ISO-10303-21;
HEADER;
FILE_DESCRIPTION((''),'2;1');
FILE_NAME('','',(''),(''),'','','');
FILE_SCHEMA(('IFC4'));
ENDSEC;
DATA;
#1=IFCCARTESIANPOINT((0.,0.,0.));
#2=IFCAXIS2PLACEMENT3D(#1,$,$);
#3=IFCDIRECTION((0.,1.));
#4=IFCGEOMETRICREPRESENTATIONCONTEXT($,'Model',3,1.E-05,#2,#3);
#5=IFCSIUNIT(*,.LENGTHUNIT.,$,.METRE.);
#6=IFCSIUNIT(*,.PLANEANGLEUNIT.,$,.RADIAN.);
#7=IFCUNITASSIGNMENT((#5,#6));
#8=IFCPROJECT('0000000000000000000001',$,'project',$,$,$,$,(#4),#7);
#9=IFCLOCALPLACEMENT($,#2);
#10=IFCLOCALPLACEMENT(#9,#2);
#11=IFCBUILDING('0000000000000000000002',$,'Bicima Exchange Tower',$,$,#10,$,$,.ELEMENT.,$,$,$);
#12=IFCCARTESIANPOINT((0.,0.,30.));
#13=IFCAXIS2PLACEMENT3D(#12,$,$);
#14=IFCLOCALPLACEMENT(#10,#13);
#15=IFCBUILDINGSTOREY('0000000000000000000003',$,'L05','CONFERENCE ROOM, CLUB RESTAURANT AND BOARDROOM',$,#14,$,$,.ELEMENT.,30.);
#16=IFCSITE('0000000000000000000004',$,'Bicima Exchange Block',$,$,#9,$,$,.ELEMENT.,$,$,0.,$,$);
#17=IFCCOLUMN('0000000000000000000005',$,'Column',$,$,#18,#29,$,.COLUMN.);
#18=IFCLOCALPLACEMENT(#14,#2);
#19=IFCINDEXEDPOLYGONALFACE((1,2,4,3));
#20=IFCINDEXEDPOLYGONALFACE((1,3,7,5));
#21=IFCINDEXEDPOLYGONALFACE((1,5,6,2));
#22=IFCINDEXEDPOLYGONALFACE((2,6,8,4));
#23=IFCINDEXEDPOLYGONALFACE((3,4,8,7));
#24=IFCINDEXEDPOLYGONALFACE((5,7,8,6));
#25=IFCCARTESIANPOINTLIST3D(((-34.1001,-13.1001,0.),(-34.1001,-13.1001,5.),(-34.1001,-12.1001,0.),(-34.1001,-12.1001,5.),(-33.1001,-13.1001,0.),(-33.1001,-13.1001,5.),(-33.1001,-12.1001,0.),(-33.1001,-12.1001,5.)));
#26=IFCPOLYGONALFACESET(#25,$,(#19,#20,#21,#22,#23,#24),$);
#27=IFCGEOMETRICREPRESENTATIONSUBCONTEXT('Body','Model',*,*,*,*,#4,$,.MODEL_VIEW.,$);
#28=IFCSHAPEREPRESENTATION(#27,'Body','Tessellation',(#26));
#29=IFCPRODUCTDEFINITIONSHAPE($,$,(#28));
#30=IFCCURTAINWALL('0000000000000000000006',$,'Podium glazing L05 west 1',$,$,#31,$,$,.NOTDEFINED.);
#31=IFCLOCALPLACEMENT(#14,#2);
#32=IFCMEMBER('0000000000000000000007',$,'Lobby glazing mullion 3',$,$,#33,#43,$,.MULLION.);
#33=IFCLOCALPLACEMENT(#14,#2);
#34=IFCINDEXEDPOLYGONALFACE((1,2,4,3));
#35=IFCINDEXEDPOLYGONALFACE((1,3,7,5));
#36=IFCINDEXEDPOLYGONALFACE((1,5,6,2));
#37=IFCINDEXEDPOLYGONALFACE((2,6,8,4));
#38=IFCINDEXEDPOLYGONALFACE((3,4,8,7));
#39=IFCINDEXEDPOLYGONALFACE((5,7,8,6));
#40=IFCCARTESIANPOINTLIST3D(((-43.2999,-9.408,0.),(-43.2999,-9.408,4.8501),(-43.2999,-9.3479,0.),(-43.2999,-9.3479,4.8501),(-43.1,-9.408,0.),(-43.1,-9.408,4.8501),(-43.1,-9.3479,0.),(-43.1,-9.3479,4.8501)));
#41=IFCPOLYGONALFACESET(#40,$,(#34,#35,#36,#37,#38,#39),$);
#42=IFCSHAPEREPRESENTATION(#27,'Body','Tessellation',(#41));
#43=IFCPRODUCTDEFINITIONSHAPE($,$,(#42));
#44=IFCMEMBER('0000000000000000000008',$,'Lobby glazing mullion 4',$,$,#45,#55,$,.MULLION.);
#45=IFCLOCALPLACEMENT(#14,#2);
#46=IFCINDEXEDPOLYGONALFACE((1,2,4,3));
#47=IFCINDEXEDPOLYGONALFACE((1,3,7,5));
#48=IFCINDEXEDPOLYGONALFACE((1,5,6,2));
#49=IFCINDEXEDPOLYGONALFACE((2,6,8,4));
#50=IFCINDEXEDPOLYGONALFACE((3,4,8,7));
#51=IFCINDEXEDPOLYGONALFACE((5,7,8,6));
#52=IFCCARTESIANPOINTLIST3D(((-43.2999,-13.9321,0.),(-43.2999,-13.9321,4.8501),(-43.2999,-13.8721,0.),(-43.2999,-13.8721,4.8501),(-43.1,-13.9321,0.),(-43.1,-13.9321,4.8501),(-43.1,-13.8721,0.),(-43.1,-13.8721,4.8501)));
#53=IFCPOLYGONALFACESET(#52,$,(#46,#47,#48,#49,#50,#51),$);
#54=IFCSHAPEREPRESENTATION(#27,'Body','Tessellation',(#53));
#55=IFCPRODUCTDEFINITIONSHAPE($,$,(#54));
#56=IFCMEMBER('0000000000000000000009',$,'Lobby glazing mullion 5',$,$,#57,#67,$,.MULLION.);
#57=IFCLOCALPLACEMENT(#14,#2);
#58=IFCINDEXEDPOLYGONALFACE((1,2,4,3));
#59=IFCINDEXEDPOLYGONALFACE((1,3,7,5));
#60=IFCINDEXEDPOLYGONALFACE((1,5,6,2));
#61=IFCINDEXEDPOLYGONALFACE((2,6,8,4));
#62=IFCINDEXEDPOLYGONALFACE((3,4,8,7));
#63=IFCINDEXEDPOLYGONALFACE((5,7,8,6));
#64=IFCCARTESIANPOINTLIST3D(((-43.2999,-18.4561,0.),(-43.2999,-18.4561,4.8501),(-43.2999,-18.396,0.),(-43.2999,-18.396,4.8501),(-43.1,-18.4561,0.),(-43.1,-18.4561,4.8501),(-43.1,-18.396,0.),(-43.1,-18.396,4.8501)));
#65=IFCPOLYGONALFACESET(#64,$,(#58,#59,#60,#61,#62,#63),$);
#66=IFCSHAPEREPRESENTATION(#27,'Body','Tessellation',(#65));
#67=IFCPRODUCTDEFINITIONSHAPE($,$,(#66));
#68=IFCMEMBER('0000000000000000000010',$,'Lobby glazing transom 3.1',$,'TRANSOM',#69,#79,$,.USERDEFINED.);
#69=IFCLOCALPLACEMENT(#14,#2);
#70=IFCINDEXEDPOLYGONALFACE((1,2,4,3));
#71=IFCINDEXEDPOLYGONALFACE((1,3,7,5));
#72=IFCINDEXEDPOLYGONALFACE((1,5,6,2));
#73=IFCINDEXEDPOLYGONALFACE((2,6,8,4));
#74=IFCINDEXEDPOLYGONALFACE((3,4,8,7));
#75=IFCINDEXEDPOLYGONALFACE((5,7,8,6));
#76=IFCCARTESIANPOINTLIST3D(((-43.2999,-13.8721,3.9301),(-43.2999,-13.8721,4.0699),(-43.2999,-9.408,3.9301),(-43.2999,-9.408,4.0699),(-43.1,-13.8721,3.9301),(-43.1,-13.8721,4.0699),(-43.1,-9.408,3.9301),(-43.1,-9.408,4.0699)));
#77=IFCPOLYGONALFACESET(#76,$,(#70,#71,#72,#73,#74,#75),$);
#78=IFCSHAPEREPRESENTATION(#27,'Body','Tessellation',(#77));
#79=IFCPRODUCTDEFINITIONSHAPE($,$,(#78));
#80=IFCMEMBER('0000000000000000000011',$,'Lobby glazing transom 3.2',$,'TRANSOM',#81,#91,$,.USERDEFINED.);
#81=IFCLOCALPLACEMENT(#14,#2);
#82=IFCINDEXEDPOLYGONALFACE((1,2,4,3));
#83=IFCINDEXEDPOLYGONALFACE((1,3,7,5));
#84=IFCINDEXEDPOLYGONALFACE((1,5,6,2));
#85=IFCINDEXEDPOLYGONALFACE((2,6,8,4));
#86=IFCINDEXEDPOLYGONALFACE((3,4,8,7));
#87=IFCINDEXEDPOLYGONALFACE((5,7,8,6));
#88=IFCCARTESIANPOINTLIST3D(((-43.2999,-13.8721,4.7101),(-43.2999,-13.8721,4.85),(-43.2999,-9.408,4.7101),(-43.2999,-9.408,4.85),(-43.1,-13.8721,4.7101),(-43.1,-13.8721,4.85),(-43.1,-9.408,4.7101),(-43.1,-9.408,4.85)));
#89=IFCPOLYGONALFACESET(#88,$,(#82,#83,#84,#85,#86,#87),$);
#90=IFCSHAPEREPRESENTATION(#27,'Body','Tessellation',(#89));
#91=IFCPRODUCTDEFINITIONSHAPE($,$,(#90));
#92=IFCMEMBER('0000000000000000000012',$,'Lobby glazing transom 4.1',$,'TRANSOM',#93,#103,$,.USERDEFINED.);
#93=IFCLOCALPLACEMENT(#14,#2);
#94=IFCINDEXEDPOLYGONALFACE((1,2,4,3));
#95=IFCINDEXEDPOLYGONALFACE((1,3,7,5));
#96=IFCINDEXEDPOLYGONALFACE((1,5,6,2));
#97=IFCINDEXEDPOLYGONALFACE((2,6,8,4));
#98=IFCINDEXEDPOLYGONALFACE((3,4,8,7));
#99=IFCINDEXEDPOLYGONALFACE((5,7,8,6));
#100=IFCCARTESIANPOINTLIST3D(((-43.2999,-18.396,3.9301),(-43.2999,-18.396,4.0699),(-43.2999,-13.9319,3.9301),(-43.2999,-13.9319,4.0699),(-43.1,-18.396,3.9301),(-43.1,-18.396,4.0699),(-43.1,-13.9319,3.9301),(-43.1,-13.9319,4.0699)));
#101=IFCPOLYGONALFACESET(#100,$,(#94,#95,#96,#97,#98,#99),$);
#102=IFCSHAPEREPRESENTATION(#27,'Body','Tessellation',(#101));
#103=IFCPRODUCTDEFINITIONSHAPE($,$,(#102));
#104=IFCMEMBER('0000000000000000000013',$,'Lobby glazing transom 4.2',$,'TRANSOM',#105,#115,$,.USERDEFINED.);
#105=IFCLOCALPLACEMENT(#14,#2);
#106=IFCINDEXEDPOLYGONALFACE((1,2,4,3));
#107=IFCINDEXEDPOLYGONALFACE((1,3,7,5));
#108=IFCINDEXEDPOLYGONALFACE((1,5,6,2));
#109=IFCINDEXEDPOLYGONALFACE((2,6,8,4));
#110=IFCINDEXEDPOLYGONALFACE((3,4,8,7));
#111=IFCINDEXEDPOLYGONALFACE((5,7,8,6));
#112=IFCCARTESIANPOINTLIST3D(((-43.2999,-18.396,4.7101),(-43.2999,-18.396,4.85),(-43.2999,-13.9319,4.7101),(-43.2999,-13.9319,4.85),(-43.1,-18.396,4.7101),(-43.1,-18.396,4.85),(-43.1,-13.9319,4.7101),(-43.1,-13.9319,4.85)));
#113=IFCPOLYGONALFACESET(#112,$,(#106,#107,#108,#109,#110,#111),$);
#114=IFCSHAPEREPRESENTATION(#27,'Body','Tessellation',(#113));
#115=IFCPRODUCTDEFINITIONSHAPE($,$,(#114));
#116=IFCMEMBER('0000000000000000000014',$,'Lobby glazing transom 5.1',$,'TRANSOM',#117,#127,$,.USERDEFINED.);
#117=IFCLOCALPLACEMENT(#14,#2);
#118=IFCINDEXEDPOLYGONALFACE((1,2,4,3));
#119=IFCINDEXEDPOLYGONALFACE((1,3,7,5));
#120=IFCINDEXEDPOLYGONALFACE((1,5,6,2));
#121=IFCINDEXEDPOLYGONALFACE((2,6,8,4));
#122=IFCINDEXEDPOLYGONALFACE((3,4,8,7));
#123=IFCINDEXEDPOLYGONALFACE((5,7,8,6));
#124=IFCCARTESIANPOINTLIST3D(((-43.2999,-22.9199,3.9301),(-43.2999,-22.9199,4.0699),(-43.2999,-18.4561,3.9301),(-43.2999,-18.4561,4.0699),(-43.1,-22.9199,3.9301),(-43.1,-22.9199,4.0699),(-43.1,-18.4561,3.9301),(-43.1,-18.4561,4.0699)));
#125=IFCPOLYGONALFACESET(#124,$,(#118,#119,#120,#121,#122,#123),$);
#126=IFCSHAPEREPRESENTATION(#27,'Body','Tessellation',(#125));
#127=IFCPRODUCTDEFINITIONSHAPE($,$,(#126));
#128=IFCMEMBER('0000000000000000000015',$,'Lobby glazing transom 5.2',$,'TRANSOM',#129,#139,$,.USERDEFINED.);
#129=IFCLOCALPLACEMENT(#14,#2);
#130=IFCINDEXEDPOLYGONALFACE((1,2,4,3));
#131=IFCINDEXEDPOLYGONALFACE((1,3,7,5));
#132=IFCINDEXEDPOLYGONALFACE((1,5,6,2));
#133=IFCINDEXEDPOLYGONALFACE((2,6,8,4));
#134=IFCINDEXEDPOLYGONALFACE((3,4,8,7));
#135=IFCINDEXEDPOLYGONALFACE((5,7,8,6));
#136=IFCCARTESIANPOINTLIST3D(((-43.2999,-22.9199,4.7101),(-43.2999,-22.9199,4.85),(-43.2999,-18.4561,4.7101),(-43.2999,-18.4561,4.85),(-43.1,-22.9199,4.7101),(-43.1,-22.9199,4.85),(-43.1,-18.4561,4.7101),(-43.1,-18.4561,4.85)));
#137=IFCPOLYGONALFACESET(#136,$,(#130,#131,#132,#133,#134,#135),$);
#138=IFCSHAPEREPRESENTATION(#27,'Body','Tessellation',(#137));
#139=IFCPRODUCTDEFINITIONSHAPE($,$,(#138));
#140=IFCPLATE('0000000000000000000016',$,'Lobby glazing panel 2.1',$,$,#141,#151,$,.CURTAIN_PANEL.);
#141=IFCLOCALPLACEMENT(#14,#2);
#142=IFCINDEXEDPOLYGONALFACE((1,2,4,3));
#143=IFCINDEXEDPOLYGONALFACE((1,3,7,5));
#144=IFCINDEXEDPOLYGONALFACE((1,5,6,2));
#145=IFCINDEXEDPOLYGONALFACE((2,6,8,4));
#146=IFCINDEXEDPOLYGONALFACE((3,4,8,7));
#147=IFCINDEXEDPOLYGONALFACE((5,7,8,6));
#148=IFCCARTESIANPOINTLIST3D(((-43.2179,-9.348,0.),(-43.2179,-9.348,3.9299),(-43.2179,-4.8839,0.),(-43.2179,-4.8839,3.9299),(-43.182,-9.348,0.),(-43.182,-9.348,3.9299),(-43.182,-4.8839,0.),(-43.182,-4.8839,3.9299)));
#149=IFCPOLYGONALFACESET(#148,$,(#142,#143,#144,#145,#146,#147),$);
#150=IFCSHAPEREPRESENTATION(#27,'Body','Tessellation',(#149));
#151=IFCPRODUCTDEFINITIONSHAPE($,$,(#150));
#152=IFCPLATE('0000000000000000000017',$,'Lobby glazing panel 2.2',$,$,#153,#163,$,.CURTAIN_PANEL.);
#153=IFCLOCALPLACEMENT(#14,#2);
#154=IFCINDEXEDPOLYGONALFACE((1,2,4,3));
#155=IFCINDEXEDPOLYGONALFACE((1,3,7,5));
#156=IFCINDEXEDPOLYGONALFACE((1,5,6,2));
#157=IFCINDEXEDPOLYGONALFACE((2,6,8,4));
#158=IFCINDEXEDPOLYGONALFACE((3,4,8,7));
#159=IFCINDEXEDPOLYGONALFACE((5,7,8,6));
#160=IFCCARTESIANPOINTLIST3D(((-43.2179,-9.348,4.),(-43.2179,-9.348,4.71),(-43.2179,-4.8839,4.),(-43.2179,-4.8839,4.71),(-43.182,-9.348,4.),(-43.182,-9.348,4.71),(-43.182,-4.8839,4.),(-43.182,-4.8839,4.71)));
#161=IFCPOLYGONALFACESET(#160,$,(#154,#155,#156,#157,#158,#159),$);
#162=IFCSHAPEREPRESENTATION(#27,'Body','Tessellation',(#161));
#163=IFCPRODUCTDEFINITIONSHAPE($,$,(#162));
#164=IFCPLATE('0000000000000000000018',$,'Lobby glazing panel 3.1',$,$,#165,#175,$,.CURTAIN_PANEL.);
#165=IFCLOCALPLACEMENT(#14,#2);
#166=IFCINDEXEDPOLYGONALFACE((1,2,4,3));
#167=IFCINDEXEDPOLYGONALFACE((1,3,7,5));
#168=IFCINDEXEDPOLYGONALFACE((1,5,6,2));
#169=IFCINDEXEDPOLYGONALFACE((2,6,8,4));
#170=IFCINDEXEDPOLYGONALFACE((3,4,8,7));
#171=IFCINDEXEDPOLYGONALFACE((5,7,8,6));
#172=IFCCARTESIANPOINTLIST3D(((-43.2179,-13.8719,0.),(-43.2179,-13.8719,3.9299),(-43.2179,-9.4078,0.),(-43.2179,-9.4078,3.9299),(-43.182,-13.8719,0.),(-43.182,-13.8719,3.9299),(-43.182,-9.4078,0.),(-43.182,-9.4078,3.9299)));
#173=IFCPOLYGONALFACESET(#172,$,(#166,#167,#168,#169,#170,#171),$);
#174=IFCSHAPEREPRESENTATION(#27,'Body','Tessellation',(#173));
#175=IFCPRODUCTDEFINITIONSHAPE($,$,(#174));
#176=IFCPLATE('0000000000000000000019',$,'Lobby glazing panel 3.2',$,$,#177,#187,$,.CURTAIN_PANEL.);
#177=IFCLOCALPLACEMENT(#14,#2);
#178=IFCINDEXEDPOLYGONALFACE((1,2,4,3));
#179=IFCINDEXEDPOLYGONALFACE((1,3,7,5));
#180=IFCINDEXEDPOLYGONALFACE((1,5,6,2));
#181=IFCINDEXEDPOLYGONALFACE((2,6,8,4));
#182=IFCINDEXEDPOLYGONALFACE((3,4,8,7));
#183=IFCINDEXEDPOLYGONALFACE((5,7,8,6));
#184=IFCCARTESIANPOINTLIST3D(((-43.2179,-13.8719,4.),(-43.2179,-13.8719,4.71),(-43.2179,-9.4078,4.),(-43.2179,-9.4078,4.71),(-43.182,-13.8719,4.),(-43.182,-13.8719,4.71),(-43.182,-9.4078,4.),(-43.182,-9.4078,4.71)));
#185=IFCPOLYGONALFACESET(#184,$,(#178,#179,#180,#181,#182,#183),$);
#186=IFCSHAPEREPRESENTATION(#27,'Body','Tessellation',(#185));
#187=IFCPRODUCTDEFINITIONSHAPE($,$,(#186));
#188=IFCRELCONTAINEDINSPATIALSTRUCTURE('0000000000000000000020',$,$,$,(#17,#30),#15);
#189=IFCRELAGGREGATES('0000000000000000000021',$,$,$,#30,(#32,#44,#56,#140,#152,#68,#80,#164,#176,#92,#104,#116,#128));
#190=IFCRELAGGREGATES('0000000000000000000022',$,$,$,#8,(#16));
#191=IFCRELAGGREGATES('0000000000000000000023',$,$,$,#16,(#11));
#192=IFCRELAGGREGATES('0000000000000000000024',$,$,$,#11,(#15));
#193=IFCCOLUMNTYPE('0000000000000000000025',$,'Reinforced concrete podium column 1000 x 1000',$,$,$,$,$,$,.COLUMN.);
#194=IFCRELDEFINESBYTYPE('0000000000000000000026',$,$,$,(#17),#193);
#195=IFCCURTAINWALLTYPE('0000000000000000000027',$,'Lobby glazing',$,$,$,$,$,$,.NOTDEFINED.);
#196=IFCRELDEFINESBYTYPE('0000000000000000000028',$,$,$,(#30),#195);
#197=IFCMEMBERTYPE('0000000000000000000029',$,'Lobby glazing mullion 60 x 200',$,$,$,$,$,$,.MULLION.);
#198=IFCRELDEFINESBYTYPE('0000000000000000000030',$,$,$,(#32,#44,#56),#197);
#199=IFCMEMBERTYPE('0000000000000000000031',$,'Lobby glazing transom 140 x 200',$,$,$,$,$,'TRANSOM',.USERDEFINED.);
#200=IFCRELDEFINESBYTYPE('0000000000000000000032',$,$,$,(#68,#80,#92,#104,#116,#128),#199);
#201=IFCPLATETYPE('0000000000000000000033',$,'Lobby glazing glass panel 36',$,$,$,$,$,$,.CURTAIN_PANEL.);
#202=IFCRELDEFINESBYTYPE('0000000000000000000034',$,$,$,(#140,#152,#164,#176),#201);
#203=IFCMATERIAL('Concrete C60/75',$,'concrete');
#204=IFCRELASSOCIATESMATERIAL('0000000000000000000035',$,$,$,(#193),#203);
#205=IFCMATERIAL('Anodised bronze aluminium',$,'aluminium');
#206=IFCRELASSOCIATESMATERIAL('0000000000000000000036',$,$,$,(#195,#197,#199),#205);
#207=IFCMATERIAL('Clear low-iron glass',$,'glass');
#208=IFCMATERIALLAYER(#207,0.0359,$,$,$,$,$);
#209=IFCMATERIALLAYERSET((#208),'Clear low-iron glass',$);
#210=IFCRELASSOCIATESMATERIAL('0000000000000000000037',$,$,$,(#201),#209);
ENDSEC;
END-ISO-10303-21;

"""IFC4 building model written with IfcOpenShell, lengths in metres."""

from ifc_helpers import new_model, si_unit, direction, frame, origin, origin_2d, place, context, subcontext, project, spatial, rectangle, extrude, material, layer, layer_set, material_profile, profile_set, type_object, element, aggregate, save


model = new_model("IFC4")

# Units and contexts
model_context = context("Model", 3, precision=1e-05, world=origin(), true_north=direction((0.0, 1.0)))
body_context = subcontext(model_context, "Body", "Model", "MODEL_VIEW")
ifc_project = project(units=[si_unit("LENGTHUNIT", "METRE"), si_unit("PLANEANGLEUNIT", "RADIAN")], contexts=[model_context])

# Site, building, storey
site_placement = place(None, origin())
site = spatial("IfcSite", under=ifc_project, at=site_placement, Name="Bicima Exchange Block", CompositionType="ELEMENT", RefElevation=0.0)
building_placement = place(site_placement, origin())
building = spatial("IfcBuilding", under=site, at=building_placement, Name="Bicima Exchange Tower", CompositionType="ELEMENT")
storey_placement = place(building_placement, frame((0.0, 0.0, 30.0)))
storey = spatial("IfcBuildingStorey", under=building, at=storey_placement, Name="L05", Description="CONFERENCE ROOM, CLUB RESTAURANT AND BOARDROOM", CompositionType="ELEMENT", Elevation=30.0)

# Column
ifc_material_1 = material(Name="Concrete C60/75", Category="concrete")
ifc_material_profile_1 = material_profile(ifc_material_1, rectangle(XDim=1.0, YDim=1.0, at=origin_2d()))
ifc_profile_set_1 = profile_set([ifc_material_profile_1], Name="Concrete C60/75")
column_type = type_object("IfcColumnType", Name="Reinforced concrete podium column 1000 x 1000", PredefinedType="COLUMN", material=ifc_profile_set_1)
column_placement = place(storey_placement, frame((-33.6001, -12.6001, 0.0), z_axis=(0.0, 0.0, 1.0), x_axis=(1.0, 0.0, 0.0)))
element("IfcColumn", 1, at=column_placement, inside=storey, type_object=column_type, Name="Column", PredefinedType="COLUMN", context=body_context, shape_type="SweptSolid", body=[
    extrude(rectangle(XDim=1.0, YDim=1.0, at=origin_2d()), origin(), (0.0, 0.0, 1.0), 5.0),
])

# Curtain wall, members, plates
ifc_material_2 = material(Name="Anodised bronze aluminium", Category="aluminium")
curtain_wall_type = type_object("IfcCurtainWallType", Name="Lobby glazing", PredefinedType="NOTDEFINED", material=ifc_material_2)
curtain_wall_placement = place(storey_placement, origin())
curtain_wall = element("IfcCurtainWall", 2, at=curtain_wall_placement, inside=storey, type_object=curtain_wall_type, Name="Podium glazing L05 west 1", PredefinedType="NOTDEFINED")
ifc_material_profile_2 = material_profile(ifc_material_2, rectangle(XDim=0.2, YDim=0.0601, at=origin_2d()))
ifc_profile_set_2 = profile_set([ifc_material_profile_2], Name="Anodised bronze aluminium")
member_type_1 = type_object("IfcMemberType", Name="Lobby glazing mullion 60 x 200", PredefinedType="MULLION", material=ifc_profile_set_2)
member_1_placement = place(storey_placement, frame((-43.2, -9.3779, 0.0), z_axis=(0.0, 0.0, 1.0), x_axis=(1.0, 0.0, 0.0)))
member_1 = element("IfcMember", 3, at=member_1_placement, type_object=member_type_1, Name="Lobby glazing mullion 3", PredefinedType="MULLION", context=body_context, shape_type="SweptSolid", body=[
    extrude(rectangle(XDim=0.2, YDim=0.0601, at=origin_2d()), origin(), (0.0, 0.0, 1.0), 4.8501),
])
member_2_placement = place(storey_placement, frame((-43.2, -13.9021, 0.0), z_axis=(0.0, 0.0, 1.0), x_axis=(1.0, 0.0, 0.0)))
member_2 = element("IfcMember", 4, at=member_2_placement, type_object=member_type_1, Name="Lobby glazing mullion 4", PredefinedType="MULLION", context=body_context, shape_type="SweptSolid", body=[
    extrude(rectangle(XDim=0.2, YDim=0.0601, at=origin_2d()), origin(), (0.0, 0.0, 1.0), 4.8501),
])
member_3_placement = place(storey_placement, frame((-43.2, -18.426, 0.0), z_axis=(0.0, 0.0, 1.0), x_axis=(1.0, 0.0, 0.0)))
member_3 = element("IfcMember", 5, at=member_3_placement, type_object=member_type_1, Name="Lobby glazing mullion 5", PredefinedType="MULLION", context=body_context, shape_type="SweptSolid", body=[
    extrude(rectangle(XDim=0.2, YDim=0.0601, at=origin_2d()), origin(), (0.0, 0.0, 1.0), 4.8501),
])
ifc_material_profile_3 = material_profile(ifc_material_2, rectangle(XDim=0.2, YDim=0.1399, at=origin_2d()))
ifc_profile_set_3 = profile_set([ifc_material_profile_3], Name="Anodised bronze aluminium")
member_type_2 = type_object("IfcMemberType", Name="Lobby glazing transom 140 x 200", ElementType="TRANSOM", PredefinedType="USERDEFINED", material=ifc_profile_set_3)
member_4_placement = place(storey_placement, frame((-43.2, -9.408, 4.0), z_axis=(0.0, -1.0, 0.0), x_axis=(1.0, 0.0, 0.0)))
member_4 = element("IfcMember", 6, at=member_4_placement, type_object=member_type_2, Name="Lobby glazing transom 3.1", ObjectType="TRANSOM", PredefinedType="USERDEFINED", context=body_context, shape_type="SweptSolid", body=[
    extrude(rectangle(XDim=0.2, YDim=0.1399, at=origin_2d()), origin(), (0.0, 0.0, 1.0), 4.4641),
])
member_5_placement = place(storey_placement, frame((-43.2, -9.408, 4.78), z_axis=(0.0, -1.0, 0.0), x_axis=(1.0, 0.0, 0.0)))
member_5 = element("IfcMember", 7, at=member_5_placement, type_object=member_type_2, Name="Lobby glazing transom 3.2", ObjectType="TRANSOM", PredefinedType="USERDEFINED", context=body_context, shape_type="SweptSolid", body=[
    extrude(rectangle(XDim=0.2, YDim=0.1399, at=origin_2d()), origin(), (0.0, 0.0, 1.0), 4.4641),
])
member_6_placement = place(storey_placement, frame((-43.2, -13.9319, 4.0), z_axis=(0.0, -1.0, 0.0), x_axis=(1.0, 0.0, 0.0)))
member_6 = element("IfcMember", 8, at=member_6_placement, type_object=member_type_2, Name="Lobby glazing transom 4.1", ObjectType="TRANSOM", PredefinedType="USERDEFINED", context=body_context, shape_type="SweptSolid", body=[
    extrude(rectangle(XDim=0.2, YDim=0.1399, at=origin_2d()), origin(), (0.0, 0.0, 1.0), 4.4641),
])
member_7_placement = place(storey_placement, frame((-43.2, -13.9319, 4.78), z_axis=(0.0, -1.0, 0.0), x_axis=(1.0, 0.0, 0.0)))
member_7 = element("IfcMember", 9, at=member_7_placement, type_object=member_type_2, Name="Lobby glazing transom 4.2", ObjectType="TRANSOM", PredefinedType="USERDEFINED", context=body_context, shape_type="SweptSolid", body=[
    extrude(rectangle(XDim=0.2, YDim=0.1399, at=origin_2d()), origin(), (0.0, 0.0, 1.0), 4.4641),
])
member_8_placement = place(storey_placement, frame((-43.2, -18.4561, 4.0), z_axis=(0.0, -1.0, 0.0), x_axis=(1.0, 0.0, 0.0)))
member_8 = element("IfcMember", 10, at=member_8_placement, type_object=member_type_2, Name="Lobby glazing transom 5.1", ObjectType="TRANSOM", PredefinedType="USERDEFINED", context=body_context, shape_type="SweptSolid", body=[
    extrude(rectangle(XDim=0.2, YDim=0.1399, at=origin_2d()), origin(), (0.0, 0.0, 1.0), 4.4639),
])
member_9_placement = place(storey_placement, frame((-43.2, -18.4561, 4.78), z_axis=(0.0, -1.0, 0.0), x_axis=(1.0, 0.0, 0.0)))
member_9 = element("IfcMember", 11, at=member_9_placement, type_object=member_type_2, Name="Lobby glazing transom 5.2", ObjectType="TRANSOM", PredefinedType="USERDEFINED", context=body_context, shape_type="SweptSolid", body=[
    extrude(rectangle(XDim=0.2, YDim=0.1399, at=origin_2d()), origin(), (0.0, 0.0, 1.0), 4.4639),
])
ifc_material_3 = material(Name="Clear low-iron glass", Category="glass")
ifc_layer_1 = layer(ifc_material_3, 0.0359)
ifc_layer_set_1 = layer_set([ifc_layer_1], Name="Clear low-iron glass")
plate_type = type_object("IfcPlateType", Name="Lobby glazing glass panel 36", PredefinedType="CURTAIN_PANEL", material=ifc_layer_set_1)
plate_1_placement = place(storey_placement, frame((-43.2, -7.116, 0.0), z_axis=(0.0, 0.0, 1.0), x_axis=(0.0, -1.0, 0.0)))
plate_1 = element("IfcPlate", 12, at=plate_1_placement, type_object=plate_type, Name="Lobby glazing panel 2.1", PredefinedType="CURTAIN_PANEL", context=body_context, shape_type="SweptSolid", body=[
    extrude(rectangle(XDim=4.4641, YDim=0.0359, at=origin_2d()), origin(), (0.0, 0.0, 1.0), 3.9299),
])
plate_2_placement = place(storey_placement, frame((-43.2, -7.116, 4.0), z_axis=(0.0, 0.0, 1.0), x_axis=(0.0, -1.0, 0.0)))
plate_2 = element("IfcPlate", 13, at=plate_2_placement, type_object=plate_type, Name="Lobby glazing panel 2.2", PredefinedType="CURTAIN_PANEL", context=body_context, shape_type="SweptSolid", body=[
    extrude(rectangle(XDim=4.4641, YDim=0.0359, at=origin_2d()), origin(), (0.0, 0.0, 1.0), 0.71),
])
plate_3_placement = place(storey_placement, frame((-43.2, -11.6399, 0.0), z_axis=(0.0, 0.0, 1.0), x_axis=(0.0, -1.0, 0.0)))
plate_3 = element("IfcPlate", 14, at=plate_3_placement, type_object=plate_type, Name="Lobby glazing panel 3.1", PredefinedType="CURTAIN_PANEL", context=body_context, shape_type="SweptSolid", body=[
    extrude(rectangle(XDim=4.4641, YDim=0.0359, at=origin_2d()), origin(), (0.0, 0.0, 1.0), 3.9299),
])
plate_4_placement = place(storey_placement, frame((-43.2, -11.6399, 4.0), z_axis=(0.0, 0.0, 1.0), x_axis=(0.0, -1.0, 0.0)))
plate_4 = element("IfcPlate", 15, at=plate_4_placement, type_object=plate_type, Name="Lobby glazing panel 3.2", PredefinedType="CURTAIN_PANEL", context=body_context, shape_type="SweptSolid", body=[
    extrude(rectangle(XDim=4.4641, YDim=0.0359, at=origin_2d()), origin(), (0.0, 0.0, 1.0), 0.71),
])
aggregate(curtain_wall, [member_1, member_2, member_3, plate_1, plate_2, member_4, member_5, plate_3, plate_4, member_6, member_7, member_8, member_9])

save(model, "model.ifc")
